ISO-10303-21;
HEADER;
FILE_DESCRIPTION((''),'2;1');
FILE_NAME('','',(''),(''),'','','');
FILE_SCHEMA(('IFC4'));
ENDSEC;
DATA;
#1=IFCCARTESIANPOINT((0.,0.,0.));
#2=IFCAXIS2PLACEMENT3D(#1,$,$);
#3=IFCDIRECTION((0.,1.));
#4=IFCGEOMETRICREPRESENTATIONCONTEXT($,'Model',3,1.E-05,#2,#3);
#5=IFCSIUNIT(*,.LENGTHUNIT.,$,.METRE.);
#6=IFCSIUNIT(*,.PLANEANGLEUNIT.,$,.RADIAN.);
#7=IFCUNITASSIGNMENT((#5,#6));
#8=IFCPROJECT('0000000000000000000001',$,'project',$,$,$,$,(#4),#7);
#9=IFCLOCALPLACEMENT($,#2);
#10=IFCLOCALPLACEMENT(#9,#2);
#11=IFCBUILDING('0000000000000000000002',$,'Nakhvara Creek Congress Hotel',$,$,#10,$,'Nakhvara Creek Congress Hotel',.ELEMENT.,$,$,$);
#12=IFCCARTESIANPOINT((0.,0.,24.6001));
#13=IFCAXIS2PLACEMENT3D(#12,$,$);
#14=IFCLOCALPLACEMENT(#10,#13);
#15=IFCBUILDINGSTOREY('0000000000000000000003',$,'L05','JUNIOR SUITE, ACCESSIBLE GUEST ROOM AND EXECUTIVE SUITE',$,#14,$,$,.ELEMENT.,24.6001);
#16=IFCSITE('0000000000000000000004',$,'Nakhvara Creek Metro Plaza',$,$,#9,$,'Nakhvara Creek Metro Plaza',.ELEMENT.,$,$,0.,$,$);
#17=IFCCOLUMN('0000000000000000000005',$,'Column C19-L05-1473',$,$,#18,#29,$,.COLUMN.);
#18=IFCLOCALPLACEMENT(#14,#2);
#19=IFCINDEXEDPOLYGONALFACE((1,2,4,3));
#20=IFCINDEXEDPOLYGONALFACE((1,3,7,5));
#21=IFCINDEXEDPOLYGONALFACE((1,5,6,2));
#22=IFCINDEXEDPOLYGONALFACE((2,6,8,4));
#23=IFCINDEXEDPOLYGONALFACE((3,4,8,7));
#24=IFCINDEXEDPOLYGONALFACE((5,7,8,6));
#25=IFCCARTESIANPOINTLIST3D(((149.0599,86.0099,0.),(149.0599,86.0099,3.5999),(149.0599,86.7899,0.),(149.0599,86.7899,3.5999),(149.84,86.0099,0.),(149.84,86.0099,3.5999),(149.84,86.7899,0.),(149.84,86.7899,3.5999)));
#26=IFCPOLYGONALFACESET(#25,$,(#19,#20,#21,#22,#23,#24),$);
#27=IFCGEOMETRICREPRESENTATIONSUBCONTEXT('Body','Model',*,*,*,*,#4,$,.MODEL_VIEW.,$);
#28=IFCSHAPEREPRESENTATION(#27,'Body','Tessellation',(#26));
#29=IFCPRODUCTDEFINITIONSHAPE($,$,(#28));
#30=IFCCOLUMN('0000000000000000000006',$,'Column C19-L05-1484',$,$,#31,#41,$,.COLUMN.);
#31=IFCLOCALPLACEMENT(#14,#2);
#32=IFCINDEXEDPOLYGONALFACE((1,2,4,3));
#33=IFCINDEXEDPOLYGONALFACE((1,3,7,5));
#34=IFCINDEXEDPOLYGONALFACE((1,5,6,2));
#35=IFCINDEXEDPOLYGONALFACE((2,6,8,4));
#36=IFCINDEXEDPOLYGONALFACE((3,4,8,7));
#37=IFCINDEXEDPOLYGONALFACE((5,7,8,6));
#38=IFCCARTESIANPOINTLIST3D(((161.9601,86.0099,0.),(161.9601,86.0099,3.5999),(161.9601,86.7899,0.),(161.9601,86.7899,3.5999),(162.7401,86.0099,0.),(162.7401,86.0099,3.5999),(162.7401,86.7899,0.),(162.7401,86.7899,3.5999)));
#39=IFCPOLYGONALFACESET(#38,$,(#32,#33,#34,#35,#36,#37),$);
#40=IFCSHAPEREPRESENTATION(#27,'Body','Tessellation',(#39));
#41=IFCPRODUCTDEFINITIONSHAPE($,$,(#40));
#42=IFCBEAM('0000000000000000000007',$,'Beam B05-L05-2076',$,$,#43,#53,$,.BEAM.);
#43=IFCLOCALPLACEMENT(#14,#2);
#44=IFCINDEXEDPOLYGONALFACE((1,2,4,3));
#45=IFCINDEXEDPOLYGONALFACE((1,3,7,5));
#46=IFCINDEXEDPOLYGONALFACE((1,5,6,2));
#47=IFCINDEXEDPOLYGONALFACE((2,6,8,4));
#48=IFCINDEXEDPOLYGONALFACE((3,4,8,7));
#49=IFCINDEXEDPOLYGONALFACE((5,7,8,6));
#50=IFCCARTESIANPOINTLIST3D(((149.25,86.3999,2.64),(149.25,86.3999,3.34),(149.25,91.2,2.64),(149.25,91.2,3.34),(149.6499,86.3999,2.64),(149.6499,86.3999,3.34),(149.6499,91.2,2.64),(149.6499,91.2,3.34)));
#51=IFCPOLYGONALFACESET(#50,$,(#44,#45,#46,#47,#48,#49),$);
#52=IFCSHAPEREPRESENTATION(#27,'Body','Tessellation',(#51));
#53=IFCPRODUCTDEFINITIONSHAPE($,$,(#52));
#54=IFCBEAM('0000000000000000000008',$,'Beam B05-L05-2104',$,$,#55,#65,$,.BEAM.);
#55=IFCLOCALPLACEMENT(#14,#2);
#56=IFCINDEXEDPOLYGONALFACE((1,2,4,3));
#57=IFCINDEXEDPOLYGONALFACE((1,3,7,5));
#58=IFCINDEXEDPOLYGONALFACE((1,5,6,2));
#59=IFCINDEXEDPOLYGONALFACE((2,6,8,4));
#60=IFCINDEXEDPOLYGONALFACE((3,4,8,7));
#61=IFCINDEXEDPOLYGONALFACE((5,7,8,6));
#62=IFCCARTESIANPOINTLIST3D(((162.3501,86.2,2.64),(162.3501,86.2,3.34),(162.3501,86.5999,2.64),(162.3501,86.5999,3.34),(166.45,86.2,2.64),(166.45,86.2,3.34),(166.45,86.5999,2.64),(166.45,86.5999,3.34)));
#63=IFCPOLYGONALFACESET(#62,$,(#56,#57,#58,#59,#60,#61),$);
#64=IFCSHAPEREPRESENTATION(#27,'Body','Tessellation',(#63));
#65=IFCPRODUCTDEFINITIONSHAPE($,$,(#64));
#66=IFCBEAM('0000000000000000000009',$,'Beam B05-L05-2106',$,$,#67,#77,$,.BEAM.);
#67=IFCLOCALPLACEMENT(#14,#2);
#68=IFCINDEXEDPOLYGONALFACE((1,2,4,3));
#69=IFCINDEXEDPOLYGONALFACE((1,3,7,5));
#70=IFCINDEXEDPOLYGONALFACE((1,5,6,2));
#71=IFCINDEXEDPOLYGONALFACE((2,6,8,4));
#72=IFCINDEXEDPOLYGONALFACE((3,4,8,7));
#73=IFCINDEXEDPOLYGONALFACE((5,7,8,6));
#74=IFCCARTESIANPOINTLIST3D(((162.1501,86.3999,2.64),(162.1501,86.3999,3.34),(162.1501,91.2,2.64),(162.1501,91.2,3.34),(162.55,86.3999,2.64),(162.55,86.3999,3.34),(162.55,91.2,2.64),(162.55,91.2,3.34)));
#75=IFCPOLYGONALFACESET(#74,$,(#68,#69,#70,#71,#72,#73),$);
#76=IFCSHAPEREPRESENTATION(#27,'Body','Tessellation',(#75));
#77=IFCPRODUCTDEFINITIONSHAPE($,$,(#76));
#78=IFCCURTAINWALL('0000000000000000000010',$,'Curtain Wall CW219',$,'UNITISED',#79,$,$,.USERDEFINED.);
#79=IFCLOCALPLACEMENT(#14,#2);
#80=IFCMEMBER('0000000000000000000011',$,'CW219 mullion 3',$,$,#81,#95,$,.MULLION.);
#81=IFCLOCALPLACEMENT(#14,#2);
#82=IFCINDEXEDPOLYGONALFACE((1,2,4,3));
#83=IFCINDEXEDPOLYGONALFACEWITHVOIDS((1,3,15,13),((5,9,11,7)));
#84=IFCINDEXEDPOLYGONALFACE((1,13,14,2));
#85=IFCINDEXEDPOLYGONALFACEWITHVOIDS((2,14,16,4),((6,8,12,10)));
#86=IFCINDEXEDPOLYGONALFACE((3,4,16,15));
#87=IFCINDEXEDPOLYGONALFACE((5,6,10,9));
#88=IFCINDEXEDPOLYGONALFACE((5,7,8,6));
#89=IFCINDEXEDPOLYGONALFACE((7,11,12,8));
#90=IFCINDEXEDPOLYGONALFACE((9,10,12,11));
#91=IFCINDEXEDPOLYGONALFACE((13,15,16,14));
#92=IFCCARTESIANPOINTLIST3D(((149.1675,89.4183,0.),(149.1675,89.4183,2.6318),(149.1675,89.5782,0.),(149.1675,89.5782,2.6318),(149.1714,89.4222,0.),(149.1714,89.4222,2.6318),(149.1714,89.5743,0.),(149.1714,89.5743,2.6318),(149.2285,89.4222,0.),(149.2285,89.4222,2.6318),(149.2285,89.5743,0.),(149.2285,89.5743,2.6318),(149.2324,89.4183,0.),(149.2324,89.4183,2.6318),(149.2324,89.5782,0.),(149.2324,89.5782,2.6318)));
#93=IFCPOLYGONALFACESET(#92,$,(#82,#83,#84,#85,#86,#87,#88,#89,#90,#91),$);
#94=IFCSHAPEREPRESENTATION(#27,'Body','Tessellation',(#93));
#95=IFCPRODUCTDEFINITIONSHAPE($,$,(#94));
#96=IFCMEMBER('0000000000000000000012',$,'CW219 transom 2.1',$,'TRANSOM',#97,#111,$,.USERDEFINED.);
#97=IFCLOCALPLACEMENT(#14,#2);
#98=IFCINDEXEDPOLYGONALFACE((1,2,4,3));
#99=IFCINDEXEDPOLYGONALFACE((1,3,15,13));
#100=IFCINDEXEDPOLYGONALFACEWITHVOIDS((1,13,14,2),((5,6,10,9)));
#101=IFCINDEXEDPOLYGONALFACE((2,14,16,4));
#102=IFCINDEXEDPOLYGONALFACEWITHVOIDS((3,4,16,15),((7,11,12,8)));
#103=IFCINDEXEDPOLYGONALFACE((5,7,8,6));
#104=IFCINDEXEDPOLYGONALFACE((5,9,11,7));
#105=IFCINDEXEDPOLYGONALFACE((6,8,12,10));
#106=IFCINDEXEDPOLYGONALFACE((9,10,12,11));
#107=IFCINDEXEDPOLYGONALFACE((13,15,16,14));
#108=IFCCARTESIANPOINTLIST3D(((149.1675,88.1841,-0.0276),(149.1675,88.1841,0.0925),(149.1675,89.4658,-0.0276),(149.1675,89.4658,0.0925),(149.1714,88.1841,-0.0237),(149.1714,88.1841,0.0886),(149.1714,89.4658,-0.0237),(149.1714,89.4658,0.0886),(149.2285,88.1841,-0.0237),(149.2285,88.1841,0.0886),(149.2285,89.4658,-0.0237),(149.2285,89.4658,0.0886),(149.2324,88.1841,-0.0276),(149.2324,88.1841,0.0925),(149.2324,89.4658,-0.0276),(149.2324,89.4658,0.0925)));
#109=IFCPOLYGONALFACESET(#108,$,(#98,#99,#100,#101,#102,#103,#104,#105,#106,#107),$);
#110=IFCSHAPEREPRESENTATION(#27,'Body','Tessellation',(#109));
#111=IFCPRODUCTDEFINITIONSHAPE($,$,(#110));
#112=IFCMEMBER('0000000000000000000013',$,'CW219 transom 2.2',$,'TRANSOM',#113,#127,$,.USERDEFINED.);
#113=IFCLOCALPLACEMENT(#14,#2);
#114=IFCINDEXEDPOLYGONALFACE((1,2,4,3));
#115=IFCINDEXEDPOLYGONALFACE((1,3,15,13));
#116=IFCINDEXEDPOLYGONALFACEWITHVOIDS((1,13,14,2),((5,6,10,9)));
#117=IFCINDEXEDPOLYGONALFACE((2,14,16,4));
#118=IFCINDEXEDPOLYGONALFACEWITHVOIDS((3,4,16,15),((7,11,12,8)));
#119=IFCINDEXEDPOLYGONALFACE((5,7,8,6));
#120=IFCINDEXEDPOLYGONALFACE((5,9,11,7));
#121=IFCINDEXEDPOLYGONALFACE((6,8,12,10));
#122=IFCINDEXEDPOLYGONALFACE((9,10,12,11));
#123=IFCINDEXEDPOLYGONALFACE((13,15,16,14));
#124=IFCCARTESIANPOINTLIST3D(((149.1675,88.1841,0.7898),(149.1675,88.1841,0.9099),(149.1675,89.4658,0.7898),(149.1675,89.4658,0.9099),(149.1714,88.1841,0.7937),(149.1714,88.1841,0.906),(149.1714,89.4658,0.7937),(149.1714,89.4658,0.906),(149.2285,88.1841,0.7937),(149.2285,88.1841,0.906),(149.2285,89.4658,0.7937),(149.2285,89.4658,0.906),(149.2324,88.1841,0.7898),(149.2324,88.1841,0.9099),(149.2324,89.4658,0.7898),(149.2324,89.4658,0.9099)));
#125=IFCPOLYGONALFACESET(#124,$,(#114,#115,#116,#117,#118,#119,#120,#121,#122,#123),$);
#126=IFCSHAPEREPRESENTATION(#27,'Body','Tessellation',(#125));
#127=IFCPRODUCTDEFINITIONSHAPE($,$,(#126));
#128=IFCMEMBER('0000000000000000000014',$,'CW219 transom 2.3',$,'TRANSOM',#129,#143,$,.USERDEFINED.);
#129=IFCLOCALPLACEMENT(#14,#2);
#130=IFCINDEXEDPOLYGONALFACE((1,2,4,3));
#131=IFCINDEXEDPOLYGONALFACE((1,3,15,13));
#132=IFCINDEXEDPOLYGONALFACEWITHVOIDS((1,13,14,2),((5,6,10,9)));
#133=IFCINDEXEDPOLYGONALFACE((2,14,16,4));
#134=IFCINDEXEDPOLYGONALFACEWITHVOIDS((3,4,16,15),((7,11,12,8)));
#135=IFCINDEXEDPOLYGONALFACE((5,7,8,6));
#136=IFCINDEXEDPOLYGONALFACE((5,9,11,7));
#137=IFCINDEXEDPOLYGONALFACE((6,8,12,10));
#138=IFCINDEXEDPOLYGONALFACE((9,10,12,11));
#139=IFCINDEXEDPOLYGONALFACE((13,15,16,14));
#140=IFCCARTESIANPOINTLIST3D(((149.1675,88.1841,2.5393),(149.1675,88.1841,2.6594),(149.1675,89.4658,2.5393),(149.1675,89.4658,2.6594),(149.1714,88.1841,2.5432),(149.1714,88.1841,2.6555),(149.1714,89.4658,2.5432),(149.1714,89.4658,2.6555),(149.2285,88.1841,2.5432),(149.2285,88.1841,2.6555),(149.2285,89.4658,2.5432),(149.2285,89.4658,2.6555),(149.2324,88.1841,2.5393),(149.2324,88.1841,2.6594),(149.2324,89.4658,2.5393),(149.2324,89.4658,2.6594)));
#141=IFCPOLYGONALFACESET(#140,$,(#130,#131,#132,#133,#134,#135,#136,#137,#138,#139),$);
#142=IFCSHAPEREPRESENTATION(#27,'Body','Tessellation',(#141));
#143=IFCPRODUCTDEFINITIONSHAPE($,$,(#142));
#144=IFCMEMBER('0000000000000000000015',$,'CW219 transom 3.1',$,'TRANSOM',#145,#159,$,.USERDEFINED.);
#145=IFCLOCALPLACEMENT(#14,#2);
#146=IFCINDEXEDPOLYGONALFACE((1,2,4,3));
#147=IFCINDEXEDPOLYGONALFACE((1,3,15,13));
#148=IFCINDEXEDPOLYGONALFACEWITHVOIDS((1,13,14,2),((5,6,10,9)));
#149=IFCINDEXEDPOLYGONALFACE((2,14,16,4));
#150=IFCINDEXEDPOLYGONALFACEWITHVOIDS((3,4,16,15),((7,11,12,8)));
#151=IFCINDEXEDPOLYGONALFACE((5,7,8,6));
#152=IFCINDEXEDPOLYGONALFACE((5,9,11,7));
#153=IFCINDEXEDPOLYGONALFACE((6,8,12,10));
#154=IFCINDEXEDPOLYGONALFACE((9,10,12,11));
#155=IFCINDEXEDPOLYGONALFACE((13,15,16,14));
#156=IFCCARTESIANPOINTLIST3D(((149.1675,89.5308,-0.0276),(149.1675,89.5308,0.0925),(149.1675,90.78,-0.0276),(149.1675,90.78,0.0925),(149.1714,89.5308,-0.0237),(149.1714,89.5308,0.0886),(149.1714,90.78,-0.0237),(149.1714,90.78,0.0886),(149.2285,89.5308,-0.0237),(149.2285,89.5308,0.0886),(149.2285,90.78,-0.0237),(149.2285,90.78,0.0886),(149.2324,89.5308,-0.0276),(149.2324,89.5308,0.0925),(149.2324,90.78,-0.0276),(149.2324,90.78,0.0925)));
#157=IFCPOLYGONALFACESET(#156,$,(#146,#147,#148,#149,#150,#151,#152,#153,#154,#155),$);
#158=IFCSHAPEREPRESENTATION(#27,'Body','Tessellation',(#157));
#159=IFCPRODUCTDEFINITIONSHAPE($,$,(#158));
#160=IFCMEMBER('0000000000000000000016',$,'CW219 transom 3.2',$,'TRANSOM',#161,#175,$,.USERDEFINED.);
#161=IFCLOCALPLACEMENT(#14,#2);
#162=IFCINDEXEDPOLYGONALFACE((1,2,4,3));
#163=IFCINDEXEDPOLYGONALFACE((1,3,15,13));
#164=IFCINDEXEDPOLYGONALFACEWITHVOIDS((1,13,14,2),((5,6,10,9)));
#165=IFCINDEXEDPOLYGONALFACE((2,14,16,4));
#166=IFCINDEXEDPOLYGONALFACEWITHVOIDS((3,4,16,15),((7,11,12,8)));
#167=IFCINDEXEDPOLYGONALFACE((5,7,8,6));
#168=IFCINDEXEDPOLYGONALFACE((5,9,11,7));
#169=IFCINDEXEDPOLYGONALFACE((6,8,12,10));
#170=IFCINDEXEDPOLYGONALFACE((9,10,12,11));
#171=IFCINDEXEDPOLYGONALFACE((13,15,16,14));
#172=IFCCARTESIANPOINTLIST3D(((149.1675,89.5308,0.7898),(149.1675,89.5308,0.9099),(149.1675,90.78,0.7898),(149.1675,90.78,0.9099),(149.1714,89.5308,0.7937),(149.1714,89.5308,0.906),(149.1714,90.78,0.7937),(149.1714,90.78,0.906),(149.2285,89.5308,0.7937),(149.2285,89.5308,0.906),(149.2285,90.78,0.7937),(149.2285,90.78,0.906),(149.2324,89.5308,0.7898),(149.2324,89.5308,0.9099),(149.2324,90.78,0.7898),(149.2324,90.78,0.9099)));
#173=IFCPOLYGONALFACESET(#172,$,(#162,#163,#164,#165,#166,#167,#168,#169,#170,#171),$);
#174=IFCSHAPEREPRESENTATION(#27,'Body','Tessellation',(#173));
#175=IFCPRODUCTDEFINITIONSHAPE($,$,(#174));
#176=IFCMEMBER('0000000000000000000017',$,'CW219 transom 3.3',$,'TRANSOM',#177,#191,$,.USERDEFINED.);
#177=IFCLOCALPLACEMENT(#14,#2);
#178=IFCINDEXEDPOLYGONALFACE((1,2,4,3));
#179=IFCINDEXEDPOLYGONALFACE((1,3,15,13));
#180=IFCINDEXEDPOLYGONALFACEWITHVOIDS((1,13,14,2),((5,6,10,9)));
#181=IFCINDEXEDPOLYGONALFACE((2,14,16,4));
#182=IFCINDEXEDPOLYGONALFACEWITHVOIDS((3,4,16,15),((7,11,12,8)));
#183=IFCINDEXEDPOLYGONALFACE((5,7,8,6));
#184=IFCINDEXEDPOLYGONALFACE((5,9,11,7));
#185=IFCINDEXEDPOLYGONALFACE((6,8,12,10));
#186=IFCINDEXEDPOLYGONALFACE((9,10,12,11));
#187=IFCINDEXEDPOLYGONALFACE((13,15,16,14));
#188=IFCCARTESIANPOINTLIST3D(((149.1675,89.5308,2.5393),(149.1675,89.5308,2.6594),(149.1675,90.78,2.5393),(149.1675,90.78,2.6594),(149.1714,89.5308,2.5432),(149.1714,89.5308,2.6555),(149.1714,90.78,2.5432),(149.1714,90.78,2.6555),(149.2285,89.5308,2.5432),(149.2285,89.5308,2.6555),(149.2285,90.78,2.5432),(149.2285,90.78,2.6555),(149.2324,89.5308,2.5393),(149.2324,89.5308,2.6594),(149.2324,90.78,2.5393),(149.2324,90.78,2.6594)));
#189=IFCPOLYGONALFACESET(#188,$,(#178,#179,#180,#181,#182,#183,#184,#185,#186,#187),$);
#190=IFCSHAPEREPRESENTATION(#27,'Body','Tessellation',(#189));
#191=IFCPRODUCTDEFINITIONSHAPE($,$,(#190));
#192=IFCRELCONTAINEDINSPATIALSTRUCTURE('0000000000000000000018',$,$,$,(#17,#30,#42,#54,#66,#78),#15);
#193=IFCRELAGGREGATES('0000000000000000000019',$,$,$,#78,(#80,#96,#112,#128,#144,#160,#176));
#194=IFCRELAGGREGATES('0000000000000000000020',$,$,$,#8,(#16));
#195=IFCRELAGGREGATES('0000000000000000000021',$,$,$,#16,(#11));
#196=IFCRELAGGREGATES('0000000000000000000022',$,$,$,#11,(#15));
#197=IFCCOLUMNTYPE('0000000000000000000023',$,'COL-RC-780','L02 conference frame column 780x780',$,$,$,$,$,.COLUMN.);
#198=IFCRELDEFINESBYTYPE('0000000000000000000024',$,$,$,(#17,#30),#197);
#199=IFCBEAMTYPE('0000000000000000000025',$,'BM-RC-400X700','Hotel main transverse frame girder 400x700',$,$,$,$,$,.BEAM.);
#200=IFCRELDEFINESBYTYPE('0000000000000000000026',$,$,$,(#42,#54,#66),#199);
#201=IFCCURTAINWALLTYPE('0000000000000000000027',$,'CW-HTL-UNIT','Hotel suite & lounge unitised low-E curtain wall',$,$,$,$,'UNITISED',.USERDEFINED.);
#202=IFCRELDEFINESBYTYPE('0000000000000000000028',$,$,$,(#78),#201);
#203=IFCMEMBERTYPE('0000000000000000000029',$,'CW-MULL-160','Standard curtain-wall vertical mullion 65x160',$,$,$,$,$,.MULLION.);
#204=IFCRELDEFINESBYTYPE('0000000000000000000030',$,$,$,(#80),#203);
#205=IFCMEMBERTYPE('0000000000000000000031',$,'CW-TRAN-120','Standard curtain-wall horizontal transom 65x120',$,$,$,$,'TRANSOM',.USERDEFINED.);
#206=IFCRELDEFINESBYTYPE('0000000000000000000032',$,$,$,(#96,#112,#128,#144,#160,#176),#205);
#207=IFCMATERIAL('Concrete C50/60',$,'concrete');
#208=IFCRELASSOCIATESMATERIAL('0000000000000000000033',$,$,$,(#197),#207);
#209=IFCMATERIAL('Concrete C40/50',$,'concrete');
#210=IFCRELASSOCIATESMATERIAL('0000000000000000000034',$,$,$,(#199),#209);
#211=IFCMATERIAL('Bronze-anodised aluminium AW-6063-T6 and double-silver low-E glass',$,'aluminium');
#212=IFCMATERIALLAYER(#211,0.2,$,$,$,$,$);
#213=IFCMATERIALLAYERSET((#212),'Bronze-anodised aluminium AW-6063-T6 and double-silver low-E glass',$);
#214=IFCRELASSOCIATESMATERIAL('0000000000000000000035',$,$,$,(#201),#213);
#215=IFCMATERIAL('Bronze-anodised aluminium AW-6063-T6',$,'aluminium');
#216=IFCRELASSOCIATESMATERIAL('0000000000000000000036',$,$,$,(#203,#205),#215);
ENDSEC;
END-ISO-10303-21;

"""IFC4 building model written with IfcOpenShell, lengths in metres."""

from ifc_helpers import new_model, si_unit, direction, frame, origin, origin_2d, place, context, subcontext, project, spatial, rectangle, hollow_rectangle, extrude, material, layer, layer_set, material_profile, profile_set, type_object, element, aggregate, save


model = new_model("IFC4")

# Units and contexts
model_context = context("Model", 3, precision=1e-05, world=origin(), true_north=direction((0.0, 1.0)))
body_context = subcontext(model_context, "Body", "Model", "MODEL_VIEW")
ifc_project = project(units=[si_unit("LENGTHUNIT", "METRE"), si_unit("PLANEANGLEUNIT", "RADIAN")], contexts=[model_context])

# Site, building, storey
site_placement = place(None, origin())
site = spatial("IfcSite", under=ifc_project, at=site_placement, Name="Nakhvara Creek Metro Plaza", LongName="Nakhvara Creek Metro Plaza", CompositionType="ELEMENT", RefElevation=0.0)
building_placement = place(site_placement, origin())
building = spatial("IfcBuilding", under=site, at=building_placement, Name="Nakhvara Creek Congress Hotel", LongName="Nakhvara Creek Congress Hotel", CompositionType="ELEMENT")
storey_placement = place(building_placement, frame((0.0, 0.0, 24.6001)))
storey = spatial("IfcBuildingStorey", under=building, at=storey_placement, Name="L05", Description="JUNIOR SUITE, ACCESSIBLE GUEST ROOM AND EXECUTIVE SUITE", CompositionType="ELEMENT", Elevation=24.6001)

# Columns
ifc_material_1 = material(Name="Concrete C50/60", Category="concrete")
ifc_material_profile_1 = material_profile(ifc_material_1, rectangle(XDim=0.78, YDim=0.78, at=origin_2d()), Name="RC-COL 780x780", Category="LoadBearing")
ifc_profile_set_1 = profile_set([ifc_material_profile_1], Name="Concrete C50/60")
column_type = type_object("IfcColumnType", Name="COL-RC-780", Description="L02 conference frame column 780x780", PredefinedType="COLUMN", material=ifc_profile_set_1)
for number, where, z_axis, x_axis, name in (
    (1, (149.45, 86.3999, 0.0), (0.0, 0.0, 1.0), (1.0, 0.0, 0.0), "Column C19-L05-1473"),
    (2, (162.3501, 86.3999, 0.0), (0.0, 0.0, 1.0), (1.0, 0.0, 0.0), "Column C19-L05-1484"),
):
    element("IfcColumn", number, at=place(storey_placement, frame(where, z_axis=z_axis, x_axis=x_axis)), inside=storey, type_object=column_type, Name=name, PredefinedType="COLUMN", context=body_context, shape_type="SweptSolid", body=[
        extrude(rectangle(XDim=0.78, YDim=0.78, at=origin_2d()), origin(), (0.0, 0.0, 1.0), 3.5999),
    ])

# Beams
ifc_material_2 = material(Name="Concrete C40/50", Category="concrete")
ifc_material_profile_2 = material_profile(ifc_material_2, rectangle(XDim=0.3999, YDim=0.7, at=origin_2d()), Name="RC-BM 400x700", Category="LoadBearing")
ifc_profile_set_2 = profile_set([ifc_material_profile_2], Name="Concrete C40/50")
beam_type = type_object("IfcBeamType", Name="BM-RC-400X700", Description="Hotel main transverse frame girder 400x700", PredefinedType="BEAM", material=ifc_profile_set_2)
beam_1_placement = place(storey_placement, frame((149.45, 86.3999, 2.99), z_axis=(0.0, 1.0, 0.0), x_axis=(-1.0, 0.0, 0.0)))
element("IfcBeam", 3, at=beam_1_placement, inside=storey, type_object=beam_type, Name="Beam B05-L05-2076", PredefinedType="BEAM", context=body_context, shape_type="SweptSolid", body=[
    extrude(rectangle(XDim=0.3999, YDim=0.7, at=origin_2d()), origin(), (0.0, 0.0, 1.0), 4.8),
])
beam_2_placement = place(storey_placement, frame((162.3501, 86.3999, 2.99), z_axis=(1.0, 0.0, 0.0), x_axis=(0.0, 1.0, 0.0)))
element("IfcBeam", 4, at=beam_2_placement, inside=storey, type_object=beam_type, Name="Beam B05-L05-2104", PredefinedType="BEAM", context=body_context, shape_type="SweptSolid", body=[
    extrude(rectangle(XDim=0.3999, YDim=0.7, at=origin_2d()), origin(), (0.0, 0.0, 1.0), 4.0999),
])
beam_3_placement = place(storey_placement, frame((162.3501, 86.3999, 2.99), z_axis=(0.0, 1.0, 0.0), x_axis=(-1.0, 0.0, 0.0)))
element("IfcBeam", 5, at=beam_3_placement, inside=storey, type_object=beam_type, Name="Beam B05-L05-2106", PredefinedType="BEAM", context=body_context, shape_type="SweptSolid", body=[
    extrude(rectangle(XDim=0.3999, YDim=0.7, at=origin_2d()), origin(), (0.0, 0.0, 1.0), 4.8),
])

# Curtain wall, members
ifc_material_3 = material(Name="Bronze-anodised aluminium AW-6063-T6 and double-silver low-E glass", Category="aluminium")
ifc_layer_1 = layer(ifc_material_3, 0.2)
ifc_layer_set_1 = layer_set([ifc_layer_1], Name="Bronze-anodised aluminium AW-6063-T6 and double-silver low-E glass")
curtain_wall_type = type_object("IfcCurtainWallType", Name="CW-HTL-UNIT", Description="Hotel suite & lounge unitised low-E curtain wall", ElementType="UNITISED", PredefinedType="USERDEFINED", material=ifc_layer_set_1)
curtain_wall_placement = place(storey_placement, origin())
curtain_wall = element("IfcCurtainWall", 6, at=curtain_wall_placement, inside=storey, type_object=curtain_wall_type, Name="Curtain Wall CW219", ObjectType="UNITISED", PredefinedType="USERDEFINED")
ifc_material_4 = material(Name="Bronze-anodised aluminium AW-6063-T6", Category="aluminium")
ifc_material_profile_3 = material_profile(ifc_material_4, hollow_rectangle(XDim=0.0649, YDim=0.1599, WallThickness=0.0039, at=origin_2d()), Name="ALU-MULL 65x160x4", Category="LoadBearing")
ifc_profile_set_3 = profile_set([ifc_material_profile_3], Name="Bronze-anodised aluminium AW-6063-T6")
member_type_1 = type_object("IfcMemberType", Name="CW-MULL-160", Description="Standard curtain-wall vertical mullion 65x160", PredefinedType="MULLION", material=ifc_profile_set_3)
member_1_placement = place(storey_placement, frame((149.2, 89.4983, 0.0), z_axis=(0.0, 0.0, 1.0), x_axis=(-1.0, 0.0, 0.0)))
member_1 = element("IfcMember", 7, at=member_1_placement, type_object=member_type_1, Name="CW219 mullion 3", PredefinedType="MULLION", context=body_context, shape_type="SweptSolid", body=[
    extrude(hollow_rectangle(XDim=0.0649, YDim=0.1599, WallThickness=0.0039, at=origin_2d()), origin(), (0.0, 0.0, 1.0), 2.6318),
])
ifc_material_profile_4 = material_profile(ifc_material_4, hollow_rectangle(XDim=0.0649, YDim=0.1201, WallThickness=0.0039, at=origin_2d()), Name="ALU-TRAN 65x120x4", Category="LoadBearing")
ifc_profile_set_4 = profile_set([ifc_material_profile_4], Name="Bronze-anodised aluminium AW-6063-T6")
member_type_2 = type_object("IfcMemberType", Name="CW-TRAN-120", Description="Standard curtain-wall horizontal transom 65x120", ElementType="TRANSOM", PredefinedType="USERDEFINED", material=ifc_profile_set_4)
member_2_placement = place(storey_placement, frame((149.2, 88.1841, 0.0325), z_axis=(0.0, 1.0, 0.0), x_axis=(-1.0, 0.0, 0.0)))
member_2 = element("IfcMember", 8, at=member_2_placement, type_object=member_type_2, Name="CW219 transom 2.1", ObjectType="TRANSOM", PredefinedType="USERDEFINED", context=body_context, shape_type="SweptSolid", body=[
    extrude(hollow_rectangle(XDim=0.0649, YDim=0.1201, WallThickness=0.0039, at=origin_2d()), origin(), (0.0, 0.0, 1.0), 1.2817),
])
member_3_placement = place(storey_placement, frame((149.2, 88.1841, 0.8499), z_axis=(0.0, 1.0, 0.0), x_axis=(-1.0, 0.0, 0.0)))
member_3 = element("IfcMember", 9, at=member_3_placement, type_object=member_type_2, Name="CW219 transom 2.2", ObjectType="TRANSOM", PredefinedType="USERDEFINED", context=body_context, shape_type="SweptSolid", body=[
    extrude(hollow_rectangle(XDim=0.0649, YDim=0.1201, WallThickness=0.0039, at=origin_2d()), origin(), (0.0, 0.0, 1.0), 1.2817),
])
member_4_placement = place(storey_placement, frame((149.2, 88.1841, 2.5994), z_axis=(0.0, 1.0, 0.0), x_axis=(-1.0, 0.0, 0.0)))
member_4 = element("IfcMember", 10, at=member_4_placement, type_object=member_type_2, Name="CW219 transom 2.3", ObjectType="TRANSOM", PredefinedType="USERDEFINED", context=body_context, shape_type="SweptSolid", body=[
    extrude(hollow_rectangle(XDim=0.0649, YDim=0.1201, WallThickness=0.0039, at=origin_2d()), origin(), (0.0, 0.0, 1.0), 1.2817),
])
member_5_placement = place(storey_placement, frame((149.2, 89.5308, 0.0325), z_axis=(0.0, 1.0, 0.0), x_axis=(-1.0, 0.0, 0.0)))
member_5 = element("IfcMember", 11, at=member_5_placement, type_object=member_type_2, Name="CW219 transom 3.1", ObjectType="TRANSOM", PredefinedType="USERDEFINED", context=body_context, shape_type="SweptSolid", body=[
    extrude(hollow_rectangle(XDim=0.0649, YDim=0.1201, WallThickness=0.0039, at=origin_2d()), origin(), (0.0, 0.0, 1.0), 1.2493),
])
member_6_placement = place(storey_placement, frame((149.2, 89.5308, 0.8499), z_axis=(0.0, 1.0, 0.0), x_axis=(-1.0, 0.0, 0.0)))
member_6 = element("IfcMember", 12, at=member_6_placement, type_object=member_type_2, Name="CW219 transom 3.2", ObjectType="TRANSOM", PredefinedType="USERDEFINED", context=body_context, shape_type="SweptSolid", body=[
    extrude(hollow_rectangle(XDim=0.0649, YDim=0.1201, WallThickness=0.0039, at=origin_2d()), origin(), (0.0, 0.0, 1.0), 1.2493),
])
member_7_placement = place(storey_placement, frame((149.2, 89.5308, 2.5994), z_axis=(0.0, 1.0, 0.0), x_axis=(-1.0, 0.0, 0.0)))
member_7 = element("IfcMember", 13, at=member_7_placement, type_object=member_type_2, Name="CW219 transom 3.3", ObjectType="TRANSOM", PredefinedType="USERDEFINED", context=body_context, shape_type="SweptSolid", body=[
    extrude(hollow_rectangle(XDim=0.0649, YDim=0.1201, WallThickness=0.0039, at=origin_2d()), origin(), (0.0, 0.0, 1.0), 1.2493),
])
aggregate(curtain_wall, [member_1, member_2, member_3, member_4, member_5, member_6, member_7])

save(model, "model.ifc")
